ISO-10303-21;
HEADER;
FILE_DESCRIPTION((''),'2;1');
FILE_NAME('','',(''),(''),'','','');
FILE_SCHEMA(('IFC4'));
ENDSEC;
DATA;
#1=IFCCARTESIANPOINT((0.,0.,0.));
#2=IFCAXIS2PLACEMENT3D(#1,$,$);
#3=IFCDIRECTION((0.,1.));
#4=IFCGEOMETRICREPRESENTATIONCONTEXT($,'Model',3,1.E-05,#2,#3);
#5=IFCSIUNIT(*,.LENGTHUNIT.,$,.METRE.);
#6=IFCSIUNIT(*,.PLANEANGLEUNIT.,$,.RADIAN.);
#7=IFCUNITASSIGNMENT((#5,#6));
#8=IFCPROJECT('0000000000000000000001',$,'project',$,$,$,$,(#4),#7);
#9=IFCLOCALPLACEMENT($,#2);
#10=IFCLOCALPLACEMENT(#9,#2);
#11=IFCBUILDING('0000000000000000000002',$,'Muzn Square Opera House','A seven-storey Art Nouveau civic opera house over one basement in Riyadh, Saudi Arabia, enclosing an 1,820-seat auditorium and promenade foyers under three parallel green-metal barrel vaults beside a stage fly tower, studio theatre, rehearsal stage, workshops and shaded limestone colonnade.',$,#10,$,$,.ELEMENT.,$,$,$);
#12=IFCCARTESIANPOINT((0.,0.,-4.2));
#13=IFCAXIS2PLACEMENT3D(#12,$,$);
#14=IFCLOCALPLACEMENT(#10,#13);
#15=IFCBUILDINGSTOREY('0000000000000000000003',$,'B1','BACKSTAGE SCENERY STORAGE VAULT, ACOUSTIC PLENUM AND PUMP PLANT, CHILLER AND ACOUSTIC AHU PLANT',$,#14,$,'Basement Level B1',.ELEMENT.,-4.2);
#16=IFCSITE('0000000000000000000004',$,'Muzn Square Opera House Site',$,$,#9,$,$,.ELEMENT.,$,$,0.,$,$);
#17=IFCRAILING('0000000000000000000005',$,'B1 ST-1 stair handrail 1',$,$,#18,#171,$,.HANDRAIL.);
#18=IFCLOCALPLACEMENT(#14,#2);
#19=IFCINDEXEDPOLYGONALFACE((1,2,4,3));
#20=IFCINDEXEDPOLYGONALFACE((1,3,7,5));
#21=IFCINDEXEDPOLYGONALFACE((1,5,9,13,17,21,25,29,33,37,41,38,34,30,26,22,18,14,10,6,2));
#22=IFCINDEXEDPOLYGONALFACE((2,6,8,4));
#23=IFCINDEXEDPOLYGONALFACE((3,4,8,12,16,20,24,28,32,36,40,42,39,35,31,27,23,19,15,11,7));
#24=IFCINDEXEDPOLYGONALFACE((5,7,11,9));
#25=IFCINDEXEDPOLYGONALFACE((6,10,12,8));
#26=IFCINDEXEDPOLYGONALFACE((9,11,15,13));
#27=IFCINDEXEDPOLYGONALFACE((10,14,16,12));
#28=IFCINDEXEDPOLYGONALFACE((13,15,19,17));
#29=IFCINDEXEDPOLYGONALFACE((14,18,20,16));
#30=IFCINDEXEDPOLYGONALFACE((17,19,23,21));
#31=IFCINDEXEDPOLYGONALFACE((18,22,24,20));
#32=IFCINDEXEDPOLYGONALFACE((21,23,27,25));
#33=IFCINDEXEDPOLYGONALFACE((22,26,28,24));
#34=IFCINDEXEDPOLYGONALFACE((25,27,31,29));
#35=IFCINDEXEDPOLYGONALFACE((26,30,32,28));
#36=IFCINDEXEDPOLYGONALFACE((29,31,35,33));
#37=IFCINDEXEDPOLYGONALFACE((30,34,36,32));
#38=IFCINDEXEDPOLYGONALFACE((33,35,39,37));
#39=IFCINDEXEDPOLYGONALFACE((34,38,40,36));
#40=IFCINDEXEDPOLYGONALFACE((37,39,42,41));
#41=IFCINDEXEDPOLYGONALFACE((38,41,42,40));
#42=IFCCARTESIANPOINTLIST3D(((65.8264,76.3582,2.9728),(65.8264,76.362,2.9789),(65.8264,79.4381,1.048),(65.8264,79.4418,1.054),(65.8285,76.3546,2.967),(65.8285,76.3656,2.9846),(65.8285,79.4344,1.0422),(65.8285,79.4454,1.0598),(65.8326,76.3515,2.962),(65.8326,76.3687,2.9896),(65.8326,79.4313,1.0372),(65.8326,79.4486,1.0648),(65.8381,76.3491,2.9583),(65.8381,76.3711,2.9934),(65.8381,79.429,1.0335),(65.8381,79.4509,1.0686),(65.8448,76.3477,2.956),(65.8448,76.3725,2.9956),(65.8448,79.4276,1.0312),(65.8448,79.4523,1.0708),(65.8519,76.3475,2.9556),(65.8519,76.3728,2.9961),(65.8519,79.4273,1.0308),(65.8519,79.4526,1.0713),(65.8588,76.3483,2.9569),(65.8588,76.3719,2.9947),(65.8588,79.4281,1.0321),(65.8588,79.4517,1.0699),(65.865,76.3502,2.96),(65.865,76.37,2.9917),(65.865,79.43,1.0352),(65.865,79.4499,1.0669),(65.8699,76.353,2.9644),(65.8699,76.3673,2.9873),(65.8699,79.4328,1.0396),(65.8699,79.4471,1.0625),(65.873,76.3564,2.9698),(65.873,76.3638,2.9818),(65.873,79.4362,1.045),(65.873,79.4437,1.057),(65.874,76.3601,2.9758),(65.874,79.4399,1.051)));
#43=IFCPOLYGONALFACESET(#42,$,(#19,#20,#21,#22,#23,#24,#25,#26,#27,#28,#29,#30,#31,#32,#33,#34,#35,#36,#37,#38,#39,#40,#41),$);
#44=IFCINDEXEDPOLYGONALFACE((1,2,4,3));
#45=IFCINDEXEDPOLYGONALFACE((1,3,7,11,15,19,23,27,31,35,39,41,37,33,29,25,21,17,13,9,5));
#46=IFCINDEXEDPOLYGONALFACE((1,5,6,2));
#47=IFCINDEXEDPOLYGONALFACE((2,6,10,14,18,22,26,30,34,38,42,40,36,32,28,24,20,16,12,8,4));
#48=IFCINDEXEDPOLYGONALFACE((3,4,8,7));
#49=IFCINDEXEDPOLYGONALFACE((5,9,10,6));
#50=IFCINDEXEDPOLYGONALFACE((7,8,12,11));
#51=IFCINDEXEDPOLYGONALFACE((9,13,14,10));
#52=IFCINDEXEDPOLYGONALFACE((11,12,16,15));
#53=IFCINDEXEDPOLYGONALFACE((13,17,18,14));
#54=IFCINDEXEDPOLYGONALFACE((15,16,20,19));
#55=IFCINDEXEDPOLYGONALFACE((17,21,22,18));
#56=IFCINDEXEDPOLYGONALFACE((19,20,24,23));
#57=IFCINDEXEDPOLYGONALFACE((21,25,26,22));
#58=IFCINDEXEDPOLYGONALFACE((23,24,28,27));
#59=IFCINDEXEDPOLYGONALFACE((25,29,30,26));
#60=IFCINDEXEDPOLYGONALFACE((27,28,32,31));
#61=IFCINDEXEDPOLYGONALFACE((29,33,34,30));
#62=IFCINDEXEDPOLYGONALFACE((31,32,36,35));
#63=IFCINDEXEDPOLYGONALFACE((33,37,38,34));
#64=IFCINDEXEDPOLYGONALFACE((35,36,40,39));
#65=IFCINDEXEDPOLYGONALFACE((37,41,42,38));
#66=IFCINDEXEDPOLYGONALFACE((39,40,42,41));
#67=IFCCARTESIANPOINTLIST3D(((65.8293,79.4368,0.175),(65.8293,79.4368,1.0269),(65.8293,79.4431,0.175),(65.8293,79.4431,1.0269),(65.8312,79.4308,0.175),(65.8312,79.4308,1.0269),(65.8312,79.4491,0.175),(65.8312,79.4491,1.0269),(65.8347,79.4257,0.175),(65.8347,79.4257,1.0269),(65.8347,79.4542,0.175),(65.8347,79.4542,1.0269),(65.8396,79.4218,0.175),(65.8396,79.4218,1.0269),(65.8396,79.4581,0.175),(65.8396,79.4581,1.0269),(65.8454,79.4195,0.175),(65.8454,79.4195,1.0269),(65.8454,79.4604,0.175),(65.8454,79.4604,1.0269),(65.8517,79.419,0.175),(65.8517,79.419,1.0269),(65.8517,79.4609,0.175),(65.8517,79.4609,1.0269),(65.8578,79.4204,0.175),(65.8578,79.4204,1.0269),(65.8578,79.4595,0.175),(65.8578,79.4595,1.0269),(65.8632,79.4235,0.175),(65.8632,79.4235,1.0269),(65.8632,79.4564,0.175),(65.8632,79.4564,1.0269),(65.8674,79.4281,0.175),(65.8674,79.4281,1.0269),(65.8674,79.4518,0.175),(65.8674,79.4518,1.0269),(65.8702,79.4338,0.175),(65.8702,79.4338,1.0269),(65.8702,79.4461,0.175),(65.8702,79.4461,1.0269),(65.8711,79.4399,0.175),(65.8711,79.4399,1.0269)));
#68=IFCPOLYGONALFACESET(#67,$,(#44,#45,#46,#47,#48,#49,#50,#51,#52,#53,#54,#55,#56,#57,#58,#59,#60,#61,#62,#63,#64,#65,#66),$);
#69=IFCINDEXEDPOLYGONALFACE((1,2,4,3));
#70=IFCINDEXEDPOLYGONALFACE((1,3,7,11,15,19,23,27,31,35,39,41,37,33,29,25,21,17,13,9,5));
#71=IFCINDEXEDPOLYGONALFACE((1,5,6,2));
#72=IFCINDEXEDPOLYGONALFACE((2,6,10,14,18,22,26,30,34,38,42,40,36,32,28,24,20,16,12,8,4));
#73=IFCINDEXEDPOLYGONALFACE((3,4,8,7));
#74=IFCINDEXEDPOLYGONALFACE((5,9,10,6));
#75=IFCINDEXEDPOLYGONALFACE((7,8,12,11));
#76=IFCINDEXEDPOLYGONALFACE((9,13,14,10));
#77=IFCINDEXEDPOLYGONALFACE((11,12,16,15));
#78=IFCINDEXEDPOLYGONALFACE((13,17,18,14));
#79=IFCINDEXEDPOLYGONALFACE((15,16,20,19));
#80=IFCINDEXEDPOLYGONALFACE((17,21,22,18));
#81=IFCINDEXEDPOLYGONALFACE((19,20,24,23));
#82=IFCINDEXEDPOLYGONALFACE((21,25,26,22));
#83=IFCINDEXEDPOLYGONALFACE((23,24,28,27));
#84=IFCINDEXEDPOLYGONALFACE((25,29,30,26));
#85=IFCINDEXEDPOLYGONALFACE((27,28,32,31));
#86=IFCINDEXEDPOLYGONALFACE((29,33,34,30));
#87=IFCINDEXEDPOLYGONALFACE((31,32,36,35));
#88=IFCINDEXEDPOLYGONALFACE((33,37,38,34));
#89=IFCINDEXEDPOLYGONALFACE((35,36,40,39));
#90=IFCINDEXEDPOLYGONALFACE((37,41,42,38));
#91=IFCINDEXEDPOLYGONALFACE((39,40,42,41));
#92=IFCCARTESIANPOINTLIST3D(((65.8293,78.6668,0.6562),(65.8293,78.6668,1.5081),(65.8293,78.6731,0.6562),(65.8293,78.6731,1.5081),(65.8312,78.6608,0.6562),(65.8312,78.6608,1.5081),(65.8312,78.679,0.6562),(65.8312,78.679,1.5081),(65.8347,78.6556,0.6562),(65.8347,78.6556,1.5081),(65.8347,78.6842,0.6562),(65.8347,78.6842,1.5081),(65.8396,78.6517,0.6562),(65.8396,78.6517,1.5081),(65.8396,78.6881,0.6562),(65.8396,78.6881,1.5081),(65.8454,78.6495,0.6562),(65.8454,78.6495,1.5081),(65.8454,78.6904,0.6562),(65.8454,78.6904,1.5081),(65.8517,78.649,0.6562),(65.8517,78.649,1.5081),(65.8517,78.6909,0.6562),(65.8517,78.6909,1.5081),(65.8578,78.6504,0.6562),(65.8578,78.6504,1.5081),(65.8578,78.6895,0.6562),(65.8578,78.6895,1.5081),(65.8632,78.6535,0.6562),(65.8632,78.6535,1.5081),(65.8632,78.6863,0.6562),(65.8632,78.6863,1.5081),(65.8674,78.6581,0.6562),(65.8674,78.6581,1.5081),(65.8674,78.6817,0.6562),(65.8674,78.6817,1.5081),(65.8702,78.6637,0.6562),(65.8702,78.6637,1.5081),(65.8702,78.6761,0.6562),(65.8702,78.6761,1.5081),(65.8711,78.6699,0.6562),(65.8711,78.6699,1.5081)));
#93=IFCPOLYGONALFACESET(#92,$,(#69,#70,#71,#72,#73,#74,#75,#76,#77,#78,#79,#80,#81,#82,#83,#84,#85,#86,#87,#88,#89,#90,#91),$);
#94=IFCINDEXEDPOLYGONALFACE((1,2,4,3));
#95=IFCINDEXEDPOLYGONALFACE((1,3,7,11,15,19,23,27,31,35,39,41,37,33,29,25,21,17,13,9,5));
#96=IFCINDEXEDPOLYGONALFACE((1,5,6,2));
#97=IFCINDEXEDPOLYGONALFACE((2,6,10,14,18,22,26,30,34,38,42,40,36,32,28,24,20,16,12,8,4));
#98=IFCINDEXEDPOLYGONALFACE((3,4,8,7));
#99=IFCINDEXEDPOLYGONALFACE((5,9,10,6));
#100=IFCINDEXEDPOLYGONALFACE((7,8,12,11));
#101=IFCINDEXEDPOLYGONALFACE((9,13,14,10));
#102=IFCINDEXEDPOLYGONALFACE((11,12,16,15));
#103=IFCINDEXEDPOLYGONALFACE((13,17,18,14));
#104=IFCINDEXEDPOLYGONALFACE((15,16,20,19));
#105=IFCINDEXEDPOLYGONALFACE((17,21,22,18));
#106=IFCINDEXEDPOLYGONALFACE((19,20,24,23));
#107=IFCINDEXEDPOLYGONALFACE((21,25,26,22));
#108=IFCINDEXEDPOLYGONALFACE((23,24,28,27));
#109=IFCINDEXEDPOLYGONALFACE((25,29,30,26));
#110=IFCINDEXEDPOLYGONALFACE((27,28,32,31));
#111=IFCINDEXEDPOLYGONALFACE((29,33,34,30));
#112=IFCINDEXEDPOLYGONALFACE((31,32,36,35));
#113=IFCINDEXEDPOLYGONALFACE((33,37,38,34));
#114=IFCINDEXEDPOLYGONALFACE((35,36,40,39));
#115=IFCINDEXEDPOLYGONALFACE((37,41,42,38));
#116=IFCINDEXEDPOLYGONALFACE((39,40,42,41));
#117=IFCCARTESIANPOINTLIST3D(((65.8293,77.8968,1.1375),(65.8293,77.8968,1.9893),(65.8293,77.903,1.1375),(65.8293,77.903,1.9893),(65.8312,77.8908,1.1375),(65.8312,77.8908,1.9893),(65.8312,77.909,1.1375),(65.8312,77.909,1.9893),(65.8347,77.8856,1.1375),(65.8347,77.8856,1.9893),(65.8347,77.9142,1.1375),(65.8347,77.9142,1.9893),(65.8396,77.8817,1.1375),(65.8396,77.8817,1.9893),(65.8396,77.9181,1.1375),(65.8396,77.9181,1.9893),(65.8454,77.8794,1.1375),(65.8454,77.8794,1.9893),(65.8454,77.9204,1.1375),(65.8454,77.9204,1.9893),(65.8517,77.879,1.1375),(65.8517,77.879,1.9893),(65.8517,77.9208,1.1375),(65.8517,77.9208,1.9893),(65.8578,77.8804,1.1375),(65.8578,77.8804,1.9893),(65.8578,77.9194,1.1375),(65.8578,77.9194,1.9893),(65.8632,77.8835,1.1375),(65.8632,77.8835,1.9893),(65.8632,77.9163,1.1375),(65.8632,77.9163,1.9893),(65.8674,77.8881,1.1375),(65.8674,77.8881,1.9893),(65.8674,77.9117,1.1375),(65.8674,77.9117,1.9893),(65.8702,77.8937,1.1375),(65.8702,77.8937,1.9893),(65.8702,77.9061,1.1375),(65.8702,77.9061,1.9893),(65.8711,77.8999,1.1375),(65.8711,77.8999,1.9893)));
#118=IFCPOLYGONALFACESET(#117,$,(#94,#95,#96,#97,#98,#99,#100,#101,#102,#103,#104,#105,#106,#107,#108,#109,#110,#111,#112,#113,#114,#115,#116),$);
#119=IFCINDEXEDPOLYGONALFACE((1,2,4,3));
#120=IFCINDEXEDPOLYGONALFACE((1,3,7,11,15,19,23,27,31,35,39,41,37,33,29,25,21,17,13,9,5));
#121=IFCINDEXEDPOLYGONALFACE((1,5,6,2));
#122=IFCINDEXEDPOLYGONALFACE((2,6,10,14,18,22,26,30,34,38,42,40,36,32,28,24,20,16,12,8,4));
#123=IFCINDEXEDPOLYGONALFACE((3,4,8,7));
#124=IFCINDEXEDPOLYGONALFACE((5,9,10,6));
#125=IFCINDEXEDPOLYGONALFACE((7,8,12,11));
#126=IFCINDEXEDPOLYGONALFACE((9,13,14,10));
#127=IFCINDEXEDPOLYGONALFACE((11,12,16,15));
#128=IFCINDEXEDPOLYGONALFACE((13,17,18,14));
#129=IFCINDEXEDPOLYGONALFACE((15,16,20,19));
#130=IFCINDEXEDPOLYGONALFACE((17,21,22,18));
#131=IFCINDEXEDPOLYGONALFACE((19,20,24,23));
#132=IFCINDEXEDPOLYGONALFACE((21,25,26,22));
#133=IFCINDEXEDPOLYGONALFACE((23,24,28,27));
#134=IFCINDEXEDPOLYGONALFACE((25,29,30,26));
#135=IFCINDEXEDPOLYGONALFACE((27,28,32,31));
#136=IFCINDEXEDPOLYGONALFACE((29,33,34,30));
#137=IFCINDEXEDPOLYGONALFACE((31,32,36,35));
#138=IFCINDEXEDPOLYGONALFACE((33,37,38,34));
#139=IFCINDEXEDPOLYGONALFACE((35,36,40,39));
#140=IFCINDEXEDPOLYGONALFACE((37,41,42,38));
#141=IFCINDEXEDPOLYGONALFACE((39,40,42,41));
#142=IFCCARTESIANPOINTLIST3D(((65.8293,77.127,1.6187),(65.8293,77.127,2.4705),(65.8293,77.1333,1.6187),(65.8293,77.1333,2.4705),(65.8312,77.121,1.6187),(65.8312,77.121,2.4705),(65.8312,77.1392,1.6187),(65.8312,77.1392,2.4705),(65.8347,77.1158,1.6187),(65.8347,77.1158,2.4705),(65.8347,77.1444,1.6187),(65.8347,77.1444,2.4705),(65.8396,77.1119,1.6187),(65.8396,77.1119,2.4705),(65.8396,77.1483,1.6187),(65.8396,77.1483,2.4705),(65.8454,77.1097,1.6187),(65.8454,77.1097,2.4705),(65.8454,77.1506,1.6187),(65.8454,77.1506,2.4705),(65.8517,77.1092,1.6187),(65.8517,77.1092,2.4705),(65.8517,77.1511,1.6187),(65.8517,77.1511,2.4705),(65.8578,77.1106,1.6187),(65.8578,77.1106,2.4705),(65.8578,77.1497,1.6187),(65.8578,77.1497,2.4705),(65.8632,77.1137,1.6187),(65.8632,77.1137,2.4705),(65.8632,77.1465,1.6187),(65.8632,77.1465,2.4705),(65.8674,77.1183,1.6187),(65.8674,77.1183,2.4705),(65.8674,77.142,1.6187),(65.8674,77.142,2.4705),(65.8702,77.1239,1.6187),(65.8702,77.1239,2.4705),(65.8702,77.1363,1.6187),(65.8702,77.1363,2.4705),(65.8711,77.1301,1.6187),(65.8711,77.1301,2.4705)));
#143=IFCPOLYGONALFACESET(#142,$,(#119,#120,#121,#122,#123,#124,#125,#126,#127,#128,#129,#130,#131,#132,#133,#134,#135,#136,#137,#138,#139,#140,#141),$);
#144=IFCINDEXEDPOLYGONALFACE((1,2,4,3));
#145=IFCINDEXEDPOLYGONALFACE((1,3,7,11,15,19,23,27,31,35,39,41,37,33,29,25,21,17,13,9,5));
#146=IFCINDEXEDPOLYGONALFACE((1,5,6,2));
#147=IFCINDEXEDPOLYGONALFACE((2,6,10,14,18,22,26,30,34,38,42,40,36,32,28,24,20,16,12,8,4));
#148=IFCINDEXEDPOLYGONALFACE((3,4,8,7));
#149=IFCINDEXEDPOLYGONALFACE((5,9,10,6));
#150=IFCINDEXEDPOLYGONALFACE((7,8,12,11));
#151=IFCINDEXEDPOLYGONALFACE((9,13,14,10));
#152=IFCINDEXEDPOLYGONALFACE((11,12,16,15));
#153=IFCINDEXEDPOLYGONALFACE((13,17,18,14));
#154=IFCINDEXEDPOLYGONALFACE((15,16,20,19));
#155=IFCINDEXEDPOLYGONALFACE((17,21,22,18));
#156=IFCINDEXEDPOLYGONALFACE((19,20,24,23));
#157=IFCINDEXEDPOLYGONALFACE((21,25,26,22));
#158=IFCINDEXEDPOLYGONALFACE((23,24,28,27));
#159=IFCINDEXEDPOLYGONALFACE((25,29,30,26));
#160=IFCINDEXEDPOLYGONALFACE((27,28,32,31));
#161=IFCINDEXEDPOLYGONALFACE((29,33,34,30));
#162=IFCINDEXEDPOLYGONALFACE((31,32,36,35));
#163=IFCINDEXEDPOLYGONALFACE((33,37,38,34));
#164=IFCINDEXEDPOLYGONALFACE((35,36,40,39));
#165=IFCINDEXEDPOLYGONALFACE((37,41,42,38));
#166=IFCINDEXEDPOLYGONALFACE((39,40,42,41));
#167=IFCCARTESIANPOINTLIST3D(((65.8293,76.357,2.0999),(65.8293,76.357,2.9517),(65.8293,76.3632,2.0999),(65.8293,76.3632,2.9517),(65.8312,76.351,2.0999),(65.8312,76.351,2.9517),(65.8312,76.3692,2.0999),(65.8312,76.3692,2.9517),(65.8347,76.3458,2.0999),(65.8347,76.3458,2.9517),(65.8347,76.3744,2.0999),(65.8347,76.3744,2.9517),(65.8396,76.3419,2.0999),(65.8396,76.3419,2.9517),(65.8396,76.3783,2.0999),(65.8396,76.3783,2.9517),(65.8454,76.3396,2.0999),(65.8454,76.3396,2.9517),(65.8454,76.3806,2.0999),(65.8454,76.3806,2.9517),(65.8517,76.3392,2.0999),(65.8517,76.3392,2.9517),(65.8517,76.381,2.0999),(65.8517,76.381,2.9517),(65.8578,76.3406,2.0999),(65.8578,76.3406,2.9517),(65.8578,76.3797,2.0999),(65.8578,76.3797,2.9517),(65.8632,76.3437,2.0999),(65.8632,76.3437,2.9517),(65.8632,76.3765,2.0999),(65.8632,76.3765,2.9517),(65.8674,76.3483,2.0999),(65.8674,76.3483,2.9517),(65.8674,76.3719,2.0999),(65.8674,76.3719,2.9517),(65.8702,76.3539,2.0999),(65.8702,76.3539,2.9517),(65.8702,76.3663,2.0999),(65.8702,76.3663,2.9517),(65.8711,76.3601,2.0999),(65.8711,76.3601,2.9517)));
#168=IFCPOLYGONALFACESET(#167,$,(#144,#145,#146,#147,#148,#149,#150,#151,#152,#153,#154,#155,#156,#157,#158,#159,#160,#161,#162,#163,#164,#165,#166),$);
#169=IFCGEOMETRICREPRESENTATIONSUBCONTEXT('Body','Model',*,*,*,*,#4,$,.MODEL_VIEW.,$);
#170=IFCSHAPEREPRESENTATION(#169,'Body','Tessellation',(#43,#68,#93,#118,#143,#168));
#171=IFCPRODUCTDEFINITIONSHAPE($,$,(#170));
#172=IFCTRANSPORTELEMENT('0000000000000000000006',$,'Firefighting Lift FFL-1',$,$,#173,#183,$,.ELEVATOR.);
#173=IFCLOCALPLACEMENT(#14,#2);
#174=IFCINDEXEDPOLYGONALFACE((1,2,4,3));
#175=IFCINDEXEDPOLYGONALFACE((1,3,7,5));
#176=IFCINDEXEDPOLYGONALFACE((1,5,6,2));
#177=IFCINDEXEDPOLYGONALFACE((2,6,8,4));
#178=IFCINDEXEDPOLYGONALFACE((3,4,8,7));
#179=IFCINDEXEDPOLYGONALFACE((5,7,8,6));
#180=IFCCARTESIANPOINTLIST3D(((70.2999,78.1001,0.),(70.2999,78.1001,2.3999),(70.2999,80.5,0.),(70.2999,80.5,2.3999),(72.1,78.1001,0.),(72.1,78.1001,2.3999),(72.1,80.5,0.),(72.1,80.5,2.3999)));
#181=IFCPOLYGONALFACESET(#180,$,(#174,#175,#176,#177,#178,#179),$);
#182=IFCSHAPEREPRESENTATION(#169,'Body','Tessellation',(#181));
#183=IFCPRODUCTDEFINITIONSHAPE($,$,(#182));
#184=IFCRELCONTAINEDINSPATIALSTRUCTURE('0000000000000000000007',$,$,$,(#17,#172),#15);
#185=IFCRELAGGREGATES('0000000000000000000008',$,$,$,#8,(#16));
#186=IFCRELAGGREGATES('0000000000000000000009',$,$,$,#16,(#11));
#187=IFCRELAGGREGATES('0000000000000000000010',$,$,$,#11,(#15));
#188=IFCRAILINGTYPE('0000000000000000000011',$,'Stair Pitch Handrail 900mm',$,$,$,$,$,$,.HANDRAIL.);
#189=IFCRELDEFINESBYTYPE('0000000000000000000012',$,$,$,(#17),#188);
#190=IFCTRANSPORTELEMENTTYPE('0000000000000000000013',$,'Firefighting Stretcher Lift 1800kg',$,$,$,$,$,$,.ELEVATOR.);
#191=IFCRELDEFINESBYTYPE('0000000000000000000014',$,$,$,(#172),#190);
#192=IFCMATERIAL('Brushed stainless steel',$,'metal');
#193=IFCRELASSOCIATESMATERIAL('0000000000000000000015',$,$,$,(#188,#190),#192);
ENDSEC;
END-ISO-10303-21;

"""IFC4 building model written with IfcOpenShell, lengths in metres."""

from ifc_helpers import new_model, si_unit, direction, frame, origin, origin_2d, place, context, subcontext, project, spatial, rectangle, circle, extrude, material, type_object, element, save


model = new_model("IFC4")

# Units and contexts
model_context = context("Model", 3, precision=1e-05, world=origin(), true_north=direction((0.0, 1.0)))
body_context = subcontext(model_context, "Body", "Model", "MODEL_VIEW")
ifc_project = project(units=[si_unit("LENGTHUNIT", "METRE"), si_unit("PLANEANGLEUNIT", "RADIAN")], contexts=[model_context])

# Site, building, storey
site_placement = place(None, origin())
site = spatial("IfcSite", under=ifc_project, at=site_placement, Name="Muzn Square Opera House Site", CompositionType="ELEMENT", RefElevation=0.0)
building_placement = place(site_placement, origin())
building = spatial("IfcBuilding", under=site, at=building_placement, Name="Muzn Square Opera House", Description="A seven-storey Art Nouveau civic opera house over one basement in Riyadh, Saudi Arabia, enclosing an 1,820-seat auditorium and promenade foyers under three parallel green-metal barrel vaults beside a stage fly tower, studio theatre, rehearsal stage, workshops and shaded limestone colonnade.", CompositionType="ELEMENT")
storey_placement = place(building_placement, frame((0.0, 0.0, -4.2)))
storey = spatial("IfcBuildingStorey", under=building, at=storey_placement, Name="B1", Description="BACKSTAGE SCENERY STORAGE VAULT, ACOUSTIC PLENUM AND PUMP PLANT, CHILLER AND ACOUSTIC AHU PLANT", LongName="Basement Level B1", CompositionType="ELEMENT", Elevation=-4.2)

# Shared definitions
ifc_material_1 = material(Name="Brushed stainless steel", Category="metal")

# Railing
railing_type_1 = type_object("IfcRailingType", Name="Stair Pitch Handrail 900mm", PredefinedType="HANDRAIL", material=ifc_material_1)
railing_1_placement = place(storey_placement, frame((65.8501, 79.4399, 0.175)))
element("IfcRailing", 1, at=railing_1_placement, inside=storey, type_object=railing_type_1, Name="B1 ST-1 stair handrail 1", PredefinedType="HANDRAIL", context=body_context, shape_type="SweptSolid", body=[
    extrude(circle(Radius=0.0239, at=origin_2d()), frame((0.0, 0.0, 0.876), z_axis=(0.0, -0.84801, 0.529981), x_axis=(1.0, 0.0, 0.0)), (0.0, 0.0, 1.0), 3.6318),
    extrude(circle(Radius=0.021, at=origin_2d()), origin(), (0.0, 0.0, 1.0), 0.8518),
    extrude(circle(Radius=0.021, at=origin_2d()), frame((0.0, -0.77, 0.4812)), (0.0, 0.0, 1.0), 0.8518),
    extrude(circle(Radius=0.021, at=origin_2d()), frame((0.0, -1.54, 0.9624)), (0.0, 0.0, 1.0), 0.8518),
    extrude(circle(Radius=0.021, at=origin_2d()), frame((0.0, -2.3098, 1.4436)), (0.0, 0.0, 1.0), 0.8518),
    extrude(circle(Radius=0.021, at=origin_2d()), frame((0.0, -3.0798, 1.9248)), (0.0, 0.0, 1.0), 0.8518),
])

# Transport element
transport_element_type = type_object("IfcTransportElementType", Name="Firefighting Stretcher Lift 1800kg", PredefinedType="ELEVATOR", material=ifc_material_1)
transport_element_placement = place(storey_placement, frame((71.2, 79.3, 0.0), z_axis=(0.0, 0.0, 1.0), x_axis=(1.0, 0.0, 0.0)))
element("IfcTransportElement", 2, at=transport_element_placement, inside=storey, type_object=transport_element_type, Name="Firefighting Lift FFL-1", PredefinedType="ELEVATOR", context=body_context, shape_type="SweptSolid", body=[
    extrude(rectangle(XDim=1.8, YDim=2.3999, at=origin_2d()), origin(), (0.0, 0.0, 1.0), 2.3999),
])

save(model, "model.ifc")
